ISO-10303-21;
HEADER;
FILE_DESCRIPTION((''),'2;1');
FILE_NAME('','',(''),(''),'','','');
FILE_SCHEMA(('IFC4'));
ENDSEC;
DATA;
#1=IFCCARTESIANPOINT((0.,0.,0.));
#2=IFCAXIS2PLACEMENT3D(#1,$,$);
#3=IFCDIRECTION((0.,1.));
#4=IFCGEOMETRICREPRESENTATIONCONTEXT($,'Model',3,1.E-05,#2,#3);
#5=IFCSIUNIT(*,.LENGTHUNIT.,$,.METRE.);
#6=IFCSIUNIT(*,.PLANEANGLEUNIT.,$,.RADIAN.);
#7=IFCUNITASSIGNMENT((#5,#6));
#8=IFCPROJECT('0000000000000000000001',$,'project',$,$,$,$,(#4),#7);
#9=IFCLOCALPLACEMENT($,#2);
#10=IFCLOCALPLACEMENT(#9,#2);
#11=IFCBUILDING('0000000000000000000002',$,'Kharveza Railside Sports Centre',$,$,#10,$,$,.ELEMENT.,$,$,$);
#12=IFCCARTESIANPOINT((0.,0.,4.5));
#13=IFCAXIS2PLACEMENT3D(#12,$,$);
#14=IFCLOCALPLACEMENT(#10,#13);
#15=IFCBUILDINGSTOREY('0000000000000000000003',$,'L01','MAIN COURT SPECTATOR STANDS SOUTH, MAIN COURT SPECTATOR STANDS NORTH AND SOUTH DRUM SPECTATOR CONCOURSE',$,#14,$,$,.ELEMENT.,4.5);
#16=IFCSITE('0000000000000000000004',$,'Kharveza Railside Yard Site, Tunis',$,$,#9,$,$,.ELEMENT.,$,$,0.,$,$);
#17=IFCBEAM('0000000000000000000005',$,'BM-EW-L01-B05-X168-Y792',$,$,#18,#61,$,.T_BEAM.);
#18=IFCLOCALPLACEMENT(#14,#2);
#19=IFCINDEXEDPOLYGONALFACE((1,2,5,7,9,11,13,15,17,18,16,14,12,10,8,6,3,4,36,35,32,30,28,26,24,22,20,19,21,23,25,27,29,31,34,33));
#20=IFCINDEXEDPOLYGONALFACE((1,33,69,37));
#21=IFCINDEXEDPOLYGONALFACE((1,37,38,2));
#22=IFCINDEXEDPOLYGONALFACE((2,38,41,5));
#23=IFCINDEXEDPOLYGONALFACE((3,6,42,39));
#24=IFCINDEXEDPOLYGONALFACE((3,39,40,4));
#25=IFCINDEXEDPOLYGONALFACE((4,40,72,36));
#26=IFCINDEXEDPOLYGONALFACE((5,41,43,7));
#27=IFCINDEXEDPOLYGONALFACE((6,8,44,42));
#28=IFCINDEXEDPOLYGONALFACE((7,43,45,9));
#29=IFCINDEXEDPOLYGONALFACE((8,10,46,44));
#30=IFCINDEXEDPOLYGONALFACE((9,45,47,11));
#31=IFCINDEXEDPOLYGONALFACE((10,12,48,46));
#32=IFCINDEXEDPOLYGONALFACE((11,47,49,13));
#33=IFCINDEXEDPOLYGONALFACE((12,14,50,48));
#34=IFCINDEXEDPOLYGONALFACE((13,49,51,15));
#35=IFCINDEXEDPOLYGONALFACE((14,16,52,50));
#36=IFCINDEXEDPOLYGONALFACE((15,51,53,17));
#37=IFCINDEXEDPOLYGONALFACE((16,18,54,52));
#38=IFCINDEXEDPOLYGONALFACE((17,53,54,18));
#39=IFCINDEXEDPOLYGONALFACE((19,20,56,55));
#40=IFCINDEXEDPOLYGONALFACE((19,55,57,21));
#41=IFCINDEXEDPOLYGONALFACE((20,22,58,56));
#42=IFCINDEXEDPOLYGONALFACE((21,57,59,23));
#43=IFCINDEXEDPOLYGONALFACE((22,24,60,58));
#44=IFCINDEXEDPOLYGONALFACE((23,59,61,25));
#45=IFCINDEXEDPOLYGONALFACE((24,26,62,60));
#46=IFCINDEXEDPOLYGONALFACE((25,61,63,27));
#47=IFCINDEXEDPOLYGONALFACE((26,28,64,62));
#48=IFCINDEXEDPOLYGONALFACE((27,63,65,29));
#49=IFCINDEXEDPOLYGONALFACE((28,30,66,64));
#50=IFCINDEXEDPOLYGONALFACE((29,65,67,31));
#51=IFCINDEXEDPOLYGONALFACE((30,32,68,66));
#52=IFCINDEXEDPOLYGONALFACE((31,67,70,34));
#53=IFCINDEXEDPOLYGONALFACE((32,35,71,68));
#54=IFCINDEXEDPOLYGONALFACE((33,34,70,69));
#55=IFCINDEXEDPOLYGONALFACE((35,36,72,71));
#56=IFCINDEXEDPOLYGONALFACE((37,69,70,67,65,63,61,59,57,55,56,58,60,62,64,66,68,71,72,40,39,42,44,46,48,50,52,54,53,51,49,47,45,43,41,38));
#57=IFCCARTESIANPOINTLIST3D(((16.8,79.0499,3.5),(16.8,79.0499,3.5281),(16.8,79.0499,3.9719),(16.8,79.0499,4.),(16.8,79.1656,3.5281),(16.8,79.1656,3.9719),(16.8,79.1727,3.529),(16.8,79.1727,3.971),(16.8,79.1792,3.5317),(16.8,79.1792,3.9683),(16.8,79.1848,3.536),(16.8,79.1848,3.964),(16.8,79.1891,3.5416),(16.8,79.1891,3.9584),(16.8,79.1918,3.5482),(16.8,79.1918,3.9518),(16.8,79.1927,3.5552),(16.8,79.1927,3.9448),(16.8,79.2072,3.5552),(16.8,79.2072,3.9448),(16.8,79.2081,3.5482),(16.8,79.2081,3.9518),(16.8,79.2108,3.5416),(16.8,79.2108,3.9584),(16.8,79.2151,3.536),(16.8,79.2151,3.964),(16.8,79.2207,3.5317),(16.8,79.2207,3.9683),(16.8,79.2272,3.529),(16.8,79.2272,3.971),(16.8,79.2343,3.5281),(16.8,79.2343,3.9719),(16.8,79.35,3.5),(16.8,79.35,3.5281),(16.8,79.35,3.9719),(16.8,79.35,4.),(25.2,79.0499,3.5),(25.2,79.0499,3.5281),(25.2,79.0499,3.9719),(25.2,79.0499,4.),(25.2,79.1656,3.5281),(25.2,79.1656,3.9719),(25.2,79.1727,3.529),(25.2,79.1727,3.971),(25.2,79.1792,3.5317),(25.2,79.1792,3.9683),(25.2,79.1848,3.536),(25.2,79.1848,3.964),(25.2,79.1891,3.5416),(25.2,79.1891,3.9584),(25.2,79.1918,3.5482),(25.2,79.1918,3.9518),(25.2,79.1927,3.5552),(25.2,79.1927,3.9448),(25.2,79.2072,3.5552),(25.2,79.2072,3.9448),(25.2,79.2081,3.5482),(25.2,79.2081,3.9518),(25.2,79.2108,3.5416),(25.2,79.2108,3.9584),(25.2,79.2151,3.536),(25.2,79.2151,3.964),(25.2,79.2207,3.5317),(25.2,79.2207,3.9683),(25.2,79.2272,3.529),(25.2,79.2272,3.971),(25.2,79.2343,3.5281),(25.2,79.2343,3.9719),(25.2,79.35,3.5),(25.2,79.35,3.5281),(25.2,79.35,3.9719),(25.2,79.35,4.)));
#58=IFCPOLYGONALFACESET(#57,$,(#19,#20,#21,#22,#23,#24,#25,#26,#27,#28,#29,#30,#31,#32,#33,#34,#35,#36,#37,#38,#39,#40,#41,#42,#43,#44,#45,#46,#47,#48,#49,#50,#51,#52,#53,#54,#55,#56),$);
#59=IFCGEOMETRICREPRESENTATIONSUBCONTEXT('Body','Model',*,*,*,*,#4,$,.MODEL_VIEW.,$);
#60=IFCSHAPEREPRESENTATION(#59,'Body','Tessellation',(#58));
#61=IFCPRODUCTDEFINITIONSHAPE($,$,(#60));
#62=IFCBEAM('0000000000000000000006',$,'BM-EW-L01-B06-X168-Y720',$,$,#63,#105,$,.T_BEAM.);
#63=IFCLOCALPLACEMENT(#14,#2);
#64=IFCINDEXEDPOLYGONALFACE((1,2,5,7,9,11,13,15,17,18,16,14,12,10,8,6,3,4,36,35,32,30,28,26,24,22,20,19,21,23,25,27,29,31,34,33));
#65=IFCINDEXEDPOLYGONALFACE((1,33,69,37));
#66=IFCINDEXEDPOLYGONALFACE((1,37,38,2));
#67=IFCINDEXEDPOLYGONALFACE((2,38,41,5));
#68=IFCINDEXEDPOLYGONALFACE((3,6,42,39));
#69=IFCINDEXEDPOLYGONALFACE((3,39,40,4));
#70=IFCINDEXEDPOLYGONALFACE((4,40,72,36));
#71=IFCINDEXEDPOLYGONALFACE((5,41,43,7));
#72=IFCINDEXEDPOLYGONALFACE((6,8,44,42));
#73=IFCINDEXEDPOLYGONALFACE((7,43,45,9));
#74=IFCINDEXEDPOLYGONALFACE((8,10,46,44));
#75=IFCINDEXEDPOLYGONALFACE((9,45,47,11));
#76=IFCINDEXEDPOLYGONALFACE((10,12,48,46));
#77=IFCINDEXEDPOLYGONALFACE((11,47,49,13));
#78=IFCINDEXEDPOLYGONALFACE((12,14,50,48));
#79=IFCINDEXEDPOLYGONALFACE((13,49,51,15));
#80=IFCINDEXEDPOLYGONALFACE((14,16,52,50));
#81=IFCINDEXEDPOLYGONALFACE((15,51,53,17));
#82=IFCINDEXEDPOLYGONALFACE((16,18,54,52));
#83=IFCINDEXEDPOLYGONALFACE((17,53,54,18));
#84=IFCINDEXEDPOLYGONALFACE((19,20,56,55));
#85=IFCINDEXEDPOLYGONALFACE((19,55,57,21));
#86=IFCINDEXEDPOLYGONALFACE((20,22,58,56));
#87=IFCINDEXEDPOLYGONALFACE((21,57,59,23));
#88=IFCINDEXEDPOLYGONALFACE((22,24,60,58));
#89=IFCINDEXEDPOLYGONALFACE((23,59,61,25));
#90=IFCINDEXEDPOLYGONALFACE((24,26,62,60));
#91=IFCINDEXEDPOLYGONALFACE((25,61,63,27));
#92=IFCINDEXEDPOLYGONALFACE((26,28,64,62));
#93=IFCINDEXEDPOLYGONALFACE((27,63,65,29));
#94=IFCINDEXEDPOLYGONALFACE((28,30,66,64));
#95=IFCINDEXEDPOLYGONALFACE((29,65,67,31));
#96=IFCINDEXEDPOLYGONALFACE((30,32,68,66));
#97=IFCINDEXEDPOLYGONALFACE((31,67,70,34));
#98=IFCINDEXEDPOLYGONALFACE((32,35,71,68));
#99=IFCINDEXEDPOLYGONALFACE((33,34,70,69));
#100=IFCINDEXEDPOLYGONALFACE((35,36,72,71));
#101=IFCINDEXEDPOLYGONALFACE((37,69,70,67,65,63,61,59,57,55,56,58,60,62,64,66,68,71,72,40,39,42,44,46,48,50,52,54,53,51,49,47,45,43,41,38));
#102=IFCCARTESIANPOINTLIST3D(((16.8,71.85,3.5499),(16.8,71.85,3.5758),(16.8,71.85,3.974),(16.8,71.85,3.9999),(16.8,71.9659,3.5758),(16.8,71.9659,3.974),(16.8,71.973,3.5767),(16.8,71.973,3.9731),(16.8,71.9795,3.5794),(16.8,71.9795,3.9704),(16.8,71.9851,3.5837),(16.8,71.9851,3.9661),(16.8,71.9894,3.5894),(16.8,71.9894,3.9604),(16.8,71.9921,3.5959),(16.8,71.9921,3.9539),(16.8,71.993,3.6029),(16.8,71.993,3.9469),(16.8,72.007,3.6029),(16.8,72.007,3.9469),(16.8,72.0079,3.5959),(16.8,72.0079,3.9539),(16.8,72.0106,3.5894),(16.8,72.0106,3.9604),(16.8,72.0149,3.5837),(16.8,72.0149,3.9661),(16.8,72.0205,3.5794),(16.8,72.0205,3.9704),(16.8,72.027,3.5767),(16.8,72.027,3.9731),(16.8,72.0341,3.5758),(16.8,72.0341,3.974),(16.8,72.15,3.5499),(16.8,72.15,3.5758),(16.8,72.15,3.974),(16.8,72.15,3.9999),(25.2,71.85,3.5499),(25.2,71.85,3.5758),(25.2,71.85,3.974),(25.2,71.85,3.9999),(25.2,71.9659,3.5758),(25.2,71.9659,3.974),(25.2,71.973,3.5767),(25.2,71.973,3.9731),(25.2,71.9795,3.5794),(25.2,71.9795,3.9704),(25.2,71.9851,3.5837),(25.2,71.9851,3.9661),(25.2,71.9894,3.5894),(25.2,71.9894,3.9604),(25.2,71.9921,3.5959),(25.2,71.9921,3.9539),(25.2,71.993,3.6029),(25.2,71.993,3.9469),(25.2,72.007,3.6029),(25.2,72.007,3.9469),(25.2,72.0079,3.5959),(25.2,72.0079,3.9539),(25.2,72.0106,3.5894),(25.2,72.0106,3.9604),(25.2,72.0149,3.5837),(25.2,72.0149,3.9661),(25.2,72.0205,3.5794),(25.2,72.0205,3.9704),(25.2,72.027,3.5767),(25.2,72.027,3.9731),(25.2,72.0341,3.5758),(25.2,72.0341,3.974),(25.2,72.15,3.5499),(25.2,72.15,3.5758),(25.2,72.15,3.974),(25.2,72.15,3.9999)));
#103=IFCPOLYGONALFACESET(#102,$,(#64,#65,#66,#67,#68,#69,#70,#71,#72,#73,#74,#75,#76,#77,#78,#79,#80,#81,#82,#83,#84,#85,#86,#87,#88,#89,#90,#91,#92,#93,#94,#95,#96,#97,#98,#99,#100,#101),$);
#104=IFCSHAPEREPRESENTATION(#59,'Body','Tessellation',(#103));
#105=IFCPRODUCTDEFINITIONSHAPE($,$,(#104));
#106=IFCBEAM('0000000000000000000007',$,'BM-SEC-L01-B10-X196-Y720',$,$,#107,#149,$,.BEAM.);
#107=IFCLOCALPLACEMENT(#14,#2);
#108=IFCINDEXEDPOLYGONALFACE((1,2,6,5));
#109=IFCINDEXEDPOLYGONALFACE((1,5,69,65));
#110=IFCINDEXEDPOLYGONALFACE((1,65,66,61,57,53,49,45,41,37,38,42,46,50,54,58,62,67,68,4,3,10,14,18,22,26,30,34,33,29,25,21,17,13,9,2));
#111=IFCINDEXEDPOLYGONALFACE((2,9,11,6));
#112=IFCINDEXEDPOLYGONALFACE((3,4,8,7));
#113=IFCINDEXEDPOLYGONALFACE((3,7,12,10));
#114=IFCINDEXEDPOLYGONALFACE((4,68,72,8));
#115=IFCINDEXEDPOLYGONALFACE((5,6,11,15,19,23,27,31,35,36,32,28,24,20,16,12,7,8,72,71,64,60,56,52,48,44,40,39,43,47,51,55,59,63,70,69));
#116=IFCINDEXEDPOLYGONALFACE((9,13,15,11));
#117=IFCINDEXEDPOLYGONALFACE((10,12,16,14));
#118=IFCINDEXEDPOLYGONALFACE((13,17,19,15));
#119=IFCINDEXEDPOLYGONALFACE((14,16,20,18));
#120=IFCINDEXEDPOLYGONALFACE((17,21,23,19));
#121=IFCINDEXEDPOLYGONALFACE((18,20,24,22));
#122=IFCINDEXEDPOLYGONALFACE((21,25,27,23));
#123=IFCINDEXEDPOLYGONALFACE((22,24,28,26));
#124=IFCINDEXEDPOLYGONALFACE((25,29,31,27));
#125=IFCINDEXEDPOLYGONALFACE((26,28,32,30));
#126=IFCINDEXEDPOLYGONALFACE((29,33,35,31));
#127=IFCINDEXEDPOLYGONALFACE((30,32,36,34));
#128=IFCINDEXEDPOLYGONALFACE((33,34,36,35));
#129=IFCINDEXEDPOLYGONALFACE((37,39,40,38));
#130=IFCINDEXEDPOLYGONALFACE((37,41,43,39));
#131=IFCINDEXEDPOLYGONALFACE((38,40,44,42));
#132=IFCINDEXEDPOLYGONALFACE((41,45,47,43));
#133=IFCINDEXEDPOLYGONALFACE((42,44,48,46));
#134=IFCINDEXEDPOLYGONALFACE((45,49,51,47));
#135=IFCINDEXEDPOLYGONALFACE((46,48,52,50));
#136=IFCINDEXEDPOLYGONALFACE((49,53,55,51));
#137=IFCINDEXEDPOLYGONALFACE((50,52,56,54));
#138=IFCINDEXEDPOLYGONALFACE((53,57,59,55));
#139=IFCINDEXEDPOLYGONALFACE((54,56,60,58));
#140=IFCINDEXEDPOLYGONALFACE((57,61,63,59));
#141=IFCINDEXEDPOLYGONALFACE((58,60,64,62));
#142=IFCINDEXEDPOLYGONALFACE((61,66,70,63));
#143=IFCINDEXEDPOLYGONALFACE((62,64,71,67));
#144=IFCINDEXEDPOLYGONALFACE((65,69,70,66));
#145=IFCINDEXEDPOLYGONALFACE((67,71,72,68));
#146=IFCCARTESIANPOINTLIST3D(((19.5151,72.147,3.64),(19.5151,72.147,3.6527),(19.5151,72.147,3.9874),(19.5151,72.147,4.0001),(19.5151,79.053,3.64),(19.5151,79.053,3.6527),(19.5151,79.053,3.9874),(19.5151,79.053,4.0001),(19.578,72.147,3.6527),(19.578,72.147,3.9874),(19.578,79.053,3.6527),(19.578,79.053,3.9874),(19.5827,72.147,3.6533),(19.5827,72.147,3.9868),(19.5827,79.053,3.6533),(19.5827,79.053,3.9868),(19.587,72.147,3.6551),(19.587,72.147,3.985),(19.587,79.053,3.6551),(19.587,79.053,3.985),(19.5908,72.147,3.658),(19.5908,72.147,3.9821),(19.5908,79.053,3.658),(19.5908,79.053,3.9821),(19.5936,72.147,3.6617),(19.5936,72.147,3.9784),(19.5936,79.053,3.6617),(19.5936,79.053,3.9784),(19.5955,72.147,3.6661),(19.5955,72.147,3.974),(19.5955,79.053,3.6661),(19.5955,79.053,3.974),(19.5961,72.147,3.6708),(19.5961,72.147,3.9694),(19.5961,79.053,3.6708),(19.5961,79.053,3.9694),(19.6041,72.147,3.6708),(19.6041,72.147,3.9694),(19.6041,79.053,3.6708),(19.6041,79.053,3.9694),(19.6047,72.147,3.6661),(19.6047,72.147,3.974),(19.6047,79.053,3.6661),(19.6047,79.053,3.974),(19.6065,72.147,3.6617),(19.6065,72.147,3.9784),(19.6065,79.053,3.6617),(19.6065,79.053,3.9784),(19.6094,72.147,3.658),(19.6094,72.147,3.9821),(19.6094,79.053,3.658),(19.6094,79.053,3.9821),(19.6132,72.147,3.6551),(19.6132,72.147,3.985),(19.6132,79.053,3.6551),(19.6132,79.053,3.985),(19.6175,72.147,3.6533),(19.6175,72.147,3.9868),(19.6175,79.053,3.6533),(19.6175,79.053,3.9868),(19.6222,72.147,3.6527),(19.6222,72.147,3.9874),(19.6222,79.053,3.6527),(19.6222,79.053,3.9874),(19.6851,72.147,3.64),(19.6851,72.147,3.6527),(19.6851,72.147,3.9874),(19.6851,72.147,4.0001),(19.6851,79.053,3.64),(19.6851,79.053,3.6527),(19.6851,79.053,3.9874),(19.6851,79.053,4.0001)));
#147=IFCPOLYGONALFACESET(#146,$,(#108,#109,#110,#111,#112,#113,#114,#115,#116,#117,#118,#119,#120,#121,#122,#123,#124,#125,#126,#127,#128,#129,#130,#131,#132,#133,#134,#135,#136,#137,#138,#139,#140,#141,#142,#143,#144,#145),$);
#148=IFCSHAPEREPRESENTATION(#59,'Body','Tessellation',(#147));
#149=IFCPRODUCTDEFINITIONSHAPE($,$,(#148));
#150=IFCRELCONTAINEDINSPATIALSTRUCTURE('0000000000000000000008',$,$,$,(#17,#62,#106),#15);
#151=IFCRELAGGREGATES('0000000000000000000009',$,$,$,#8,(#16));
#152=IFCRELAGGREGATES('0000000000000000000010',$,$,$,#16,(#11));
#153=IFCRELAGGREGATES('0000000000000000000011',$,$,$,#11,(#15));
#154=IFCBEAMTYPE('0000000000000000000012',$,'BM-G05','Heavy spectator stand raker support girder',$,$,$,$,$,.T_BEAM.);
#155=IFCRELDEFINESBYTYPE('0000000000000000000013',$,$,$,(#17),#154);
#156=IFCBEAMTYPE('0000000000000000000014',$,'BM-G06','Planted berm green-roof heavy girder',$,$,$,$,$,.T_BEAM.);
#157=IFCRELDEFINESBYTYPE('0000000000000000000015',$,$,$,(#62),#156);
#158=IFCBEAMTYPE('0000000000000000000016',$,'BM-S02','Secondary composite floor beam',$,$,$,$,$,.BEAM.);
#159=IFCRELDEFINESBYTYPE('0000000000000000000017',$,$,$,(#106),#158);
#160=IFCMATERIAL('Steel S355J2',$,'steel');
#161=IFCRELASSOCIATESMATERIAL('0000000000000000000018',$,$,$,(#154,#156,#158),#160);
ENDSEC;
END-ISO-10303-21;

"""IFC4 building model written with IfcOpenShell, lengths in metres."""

from ifc_helpers import new_model, si_unit, direction, frame, origin, origin_2d, place, context, subcontext, project, spatial, i_section, extrude, material, material_profile, profile_set, type_object, element, save


model = new_model("IFC4")

# Units and contexts
model_context = context("Model", 3, precision=1e-05, world=origin(), true_north=direction((0.0, 1.0)))
body_context = subcontext(model_context, "Body", "Model", "MODEL_VIEW")
ifc_project = project(units=[si_unit("LENGTHUNIT", "METRE"), si_unit("PLANEANGLEUNIT", "RADIAN")], contexts=[model_context])

# Site, building, storey
site_placement = place(None, origin())
site = spatial("IfcSite", under=ifc_project, at=site_placement, Name="Kharveza Railside Yard Site, Tunis", CompositionType="ELEMENT", RefElevation=0.0)
building_placement = place(site_placement, origin())
building = spatial("IfcBuilding", under=site, at=building_placement, Name="Kharveza Railside Sports Centre", CompositionType="ELEMENT")
storey_placement = place(building_placement, frame((0.0, 0.0, 4.5)))
storey = spatial("IfcBuildingStorey", under=building, at=storey_placement, Name="L01", Description="MAIN COURT SPECTATOR STANDS SOUTH, MAIN COURT SPECTATOR STANDS NORTH AND SOUTH DRUM SPECTATOR CONCOURSE", CompositionType="ELEMENT", Elevation=4.5)

# Shared definitions
ifc_material_1 = material(Name="Steel S355J2", Category="steel")

# Beams
ifc_material_profile_1 = material_profile(ifc_material_1, i_section(OverallWidth=0.3, OverallDepth=0.5, WebThickness=0.0144, FlangeThickness=0.0281, FilletRadius=0.0271, at=origin_2d()), Name="HEB 500")
ifc_profile_set_1 = profile_set([ifc_material_profile_1], Name="Steel S355J2")
beam_type_1 = type_object("IfcBeamType", Name="BM-G05", Description="Heavy spectator stand raker support girder", PredefinedType="T_BEAM", material=ifc_profile_set_1)
beam_1_placement = place(storey_placement, frame((16.8, 79.2, 3.75), z_axis=(1.0, 0.0, 0.0), x_axis=(0.0, 1.0, 0.0)))
element("IfcBeam", 1, at=beam_1_placement, inside=storey, type_object=beam_type_1, Name="BM-EW-L01-B05-X168-Y792", PredefinedType="T_BEAM", context=body_context, shape_type="SweptSolid", body=[
    extrude(i_section(OverallWidth=0.3, OverallDepth=0.5, WebThickness=0.0144, FlangeThickness=0.0281, FilletRadius=0.0271, at=origin_2d()), origin(), (0.0, 0.0, 1.0), 8.3999),
])
ifc_material_profile_2 = material_profile(ifc_material_1, i_section(OverallWidth=0.3, OverallDepth=0.45, WebThickness=0.0139, FlangeThickness=0.0259, FilletRadius=0.0271, at=origin_2d()), Name="HEB 450")
ifc_profile_set_2 = profile_set([ifc_material_profile_2], Name="Steel S355J2")
beam_type_2 = type_object("IfcBeamType", Name="BM-G06", Description="Planted berm green-roof heavy girder", PredefinedType="T_BEAM", material=ifc_profile_set_2)
beam_2_placement = place(storey_placement, frame((16.8, 72.0, 3.7749), z_axis=(1.0, 0.0, 0.0), x_axis=(0.0, 1.0, 0.0)))
element("IfcBeam", 2, at=beam_2_placement, inside=storey, type_object=beam_type_2, Name="BM-EW-L01-B06-X168-Y720", PredefinedType="T_BEAM", context=body_context, shape_type="SweptSolid", body=[
    extrude(i_section(OverallWidth=0.3, OverallDepth=0.45, WebThickness=0.0139, FlangeThickness=0.0259, FilletRadius=0.0271, at=origin_2d()), origin(), (0.0, 0.0, 1.0), 8.3999),
])
ifc_material_profile_3 = material_profile(ifc_material_1, i_section(OverallWidth=0.1699, OverallDepth=0.3601, WebThickness=0.0081, FlangeThickness=0.0127, FilletRadius=0.0181, at=origin_2d()), Name="IPE 360")
ifc_profile_set_3 = profile_set([ifc_material_profile_3], Name="Steel S355J2")
beam_type_3 = type_object("IfcBeamType", Name="BM-S02", Description="Secondary composite floor beam", PredefinedType="BEAM", material=ifc_profile_set_3)
beam_3_placement = place(storey_placement, frame((19.6001, 72.147, 3.8201), z_axis=(0.0, 1.0, 0.0), x_axis=(-1.0, 0.0, 0.0)))
element("IfcBeam", 3, at=beam_3_placement, inside=storey, type_object=beam_type_3, Name="BM-SEC-L01-B10-X196-Y720", PredefinedType="BEAM", context=body_context, shape_type="SweptSolid", body=[
    extrude(i_section(OverallWidth=0.1699, OverallDepth=0.3601, WebThickness=0.0081, FlangeThickness=0.0127, FilletRadius=0.0181, at=origin_2d()), origin(), (0.0, 0.0, 1.0), 6.906),
])

save(model, "model.ifc")
